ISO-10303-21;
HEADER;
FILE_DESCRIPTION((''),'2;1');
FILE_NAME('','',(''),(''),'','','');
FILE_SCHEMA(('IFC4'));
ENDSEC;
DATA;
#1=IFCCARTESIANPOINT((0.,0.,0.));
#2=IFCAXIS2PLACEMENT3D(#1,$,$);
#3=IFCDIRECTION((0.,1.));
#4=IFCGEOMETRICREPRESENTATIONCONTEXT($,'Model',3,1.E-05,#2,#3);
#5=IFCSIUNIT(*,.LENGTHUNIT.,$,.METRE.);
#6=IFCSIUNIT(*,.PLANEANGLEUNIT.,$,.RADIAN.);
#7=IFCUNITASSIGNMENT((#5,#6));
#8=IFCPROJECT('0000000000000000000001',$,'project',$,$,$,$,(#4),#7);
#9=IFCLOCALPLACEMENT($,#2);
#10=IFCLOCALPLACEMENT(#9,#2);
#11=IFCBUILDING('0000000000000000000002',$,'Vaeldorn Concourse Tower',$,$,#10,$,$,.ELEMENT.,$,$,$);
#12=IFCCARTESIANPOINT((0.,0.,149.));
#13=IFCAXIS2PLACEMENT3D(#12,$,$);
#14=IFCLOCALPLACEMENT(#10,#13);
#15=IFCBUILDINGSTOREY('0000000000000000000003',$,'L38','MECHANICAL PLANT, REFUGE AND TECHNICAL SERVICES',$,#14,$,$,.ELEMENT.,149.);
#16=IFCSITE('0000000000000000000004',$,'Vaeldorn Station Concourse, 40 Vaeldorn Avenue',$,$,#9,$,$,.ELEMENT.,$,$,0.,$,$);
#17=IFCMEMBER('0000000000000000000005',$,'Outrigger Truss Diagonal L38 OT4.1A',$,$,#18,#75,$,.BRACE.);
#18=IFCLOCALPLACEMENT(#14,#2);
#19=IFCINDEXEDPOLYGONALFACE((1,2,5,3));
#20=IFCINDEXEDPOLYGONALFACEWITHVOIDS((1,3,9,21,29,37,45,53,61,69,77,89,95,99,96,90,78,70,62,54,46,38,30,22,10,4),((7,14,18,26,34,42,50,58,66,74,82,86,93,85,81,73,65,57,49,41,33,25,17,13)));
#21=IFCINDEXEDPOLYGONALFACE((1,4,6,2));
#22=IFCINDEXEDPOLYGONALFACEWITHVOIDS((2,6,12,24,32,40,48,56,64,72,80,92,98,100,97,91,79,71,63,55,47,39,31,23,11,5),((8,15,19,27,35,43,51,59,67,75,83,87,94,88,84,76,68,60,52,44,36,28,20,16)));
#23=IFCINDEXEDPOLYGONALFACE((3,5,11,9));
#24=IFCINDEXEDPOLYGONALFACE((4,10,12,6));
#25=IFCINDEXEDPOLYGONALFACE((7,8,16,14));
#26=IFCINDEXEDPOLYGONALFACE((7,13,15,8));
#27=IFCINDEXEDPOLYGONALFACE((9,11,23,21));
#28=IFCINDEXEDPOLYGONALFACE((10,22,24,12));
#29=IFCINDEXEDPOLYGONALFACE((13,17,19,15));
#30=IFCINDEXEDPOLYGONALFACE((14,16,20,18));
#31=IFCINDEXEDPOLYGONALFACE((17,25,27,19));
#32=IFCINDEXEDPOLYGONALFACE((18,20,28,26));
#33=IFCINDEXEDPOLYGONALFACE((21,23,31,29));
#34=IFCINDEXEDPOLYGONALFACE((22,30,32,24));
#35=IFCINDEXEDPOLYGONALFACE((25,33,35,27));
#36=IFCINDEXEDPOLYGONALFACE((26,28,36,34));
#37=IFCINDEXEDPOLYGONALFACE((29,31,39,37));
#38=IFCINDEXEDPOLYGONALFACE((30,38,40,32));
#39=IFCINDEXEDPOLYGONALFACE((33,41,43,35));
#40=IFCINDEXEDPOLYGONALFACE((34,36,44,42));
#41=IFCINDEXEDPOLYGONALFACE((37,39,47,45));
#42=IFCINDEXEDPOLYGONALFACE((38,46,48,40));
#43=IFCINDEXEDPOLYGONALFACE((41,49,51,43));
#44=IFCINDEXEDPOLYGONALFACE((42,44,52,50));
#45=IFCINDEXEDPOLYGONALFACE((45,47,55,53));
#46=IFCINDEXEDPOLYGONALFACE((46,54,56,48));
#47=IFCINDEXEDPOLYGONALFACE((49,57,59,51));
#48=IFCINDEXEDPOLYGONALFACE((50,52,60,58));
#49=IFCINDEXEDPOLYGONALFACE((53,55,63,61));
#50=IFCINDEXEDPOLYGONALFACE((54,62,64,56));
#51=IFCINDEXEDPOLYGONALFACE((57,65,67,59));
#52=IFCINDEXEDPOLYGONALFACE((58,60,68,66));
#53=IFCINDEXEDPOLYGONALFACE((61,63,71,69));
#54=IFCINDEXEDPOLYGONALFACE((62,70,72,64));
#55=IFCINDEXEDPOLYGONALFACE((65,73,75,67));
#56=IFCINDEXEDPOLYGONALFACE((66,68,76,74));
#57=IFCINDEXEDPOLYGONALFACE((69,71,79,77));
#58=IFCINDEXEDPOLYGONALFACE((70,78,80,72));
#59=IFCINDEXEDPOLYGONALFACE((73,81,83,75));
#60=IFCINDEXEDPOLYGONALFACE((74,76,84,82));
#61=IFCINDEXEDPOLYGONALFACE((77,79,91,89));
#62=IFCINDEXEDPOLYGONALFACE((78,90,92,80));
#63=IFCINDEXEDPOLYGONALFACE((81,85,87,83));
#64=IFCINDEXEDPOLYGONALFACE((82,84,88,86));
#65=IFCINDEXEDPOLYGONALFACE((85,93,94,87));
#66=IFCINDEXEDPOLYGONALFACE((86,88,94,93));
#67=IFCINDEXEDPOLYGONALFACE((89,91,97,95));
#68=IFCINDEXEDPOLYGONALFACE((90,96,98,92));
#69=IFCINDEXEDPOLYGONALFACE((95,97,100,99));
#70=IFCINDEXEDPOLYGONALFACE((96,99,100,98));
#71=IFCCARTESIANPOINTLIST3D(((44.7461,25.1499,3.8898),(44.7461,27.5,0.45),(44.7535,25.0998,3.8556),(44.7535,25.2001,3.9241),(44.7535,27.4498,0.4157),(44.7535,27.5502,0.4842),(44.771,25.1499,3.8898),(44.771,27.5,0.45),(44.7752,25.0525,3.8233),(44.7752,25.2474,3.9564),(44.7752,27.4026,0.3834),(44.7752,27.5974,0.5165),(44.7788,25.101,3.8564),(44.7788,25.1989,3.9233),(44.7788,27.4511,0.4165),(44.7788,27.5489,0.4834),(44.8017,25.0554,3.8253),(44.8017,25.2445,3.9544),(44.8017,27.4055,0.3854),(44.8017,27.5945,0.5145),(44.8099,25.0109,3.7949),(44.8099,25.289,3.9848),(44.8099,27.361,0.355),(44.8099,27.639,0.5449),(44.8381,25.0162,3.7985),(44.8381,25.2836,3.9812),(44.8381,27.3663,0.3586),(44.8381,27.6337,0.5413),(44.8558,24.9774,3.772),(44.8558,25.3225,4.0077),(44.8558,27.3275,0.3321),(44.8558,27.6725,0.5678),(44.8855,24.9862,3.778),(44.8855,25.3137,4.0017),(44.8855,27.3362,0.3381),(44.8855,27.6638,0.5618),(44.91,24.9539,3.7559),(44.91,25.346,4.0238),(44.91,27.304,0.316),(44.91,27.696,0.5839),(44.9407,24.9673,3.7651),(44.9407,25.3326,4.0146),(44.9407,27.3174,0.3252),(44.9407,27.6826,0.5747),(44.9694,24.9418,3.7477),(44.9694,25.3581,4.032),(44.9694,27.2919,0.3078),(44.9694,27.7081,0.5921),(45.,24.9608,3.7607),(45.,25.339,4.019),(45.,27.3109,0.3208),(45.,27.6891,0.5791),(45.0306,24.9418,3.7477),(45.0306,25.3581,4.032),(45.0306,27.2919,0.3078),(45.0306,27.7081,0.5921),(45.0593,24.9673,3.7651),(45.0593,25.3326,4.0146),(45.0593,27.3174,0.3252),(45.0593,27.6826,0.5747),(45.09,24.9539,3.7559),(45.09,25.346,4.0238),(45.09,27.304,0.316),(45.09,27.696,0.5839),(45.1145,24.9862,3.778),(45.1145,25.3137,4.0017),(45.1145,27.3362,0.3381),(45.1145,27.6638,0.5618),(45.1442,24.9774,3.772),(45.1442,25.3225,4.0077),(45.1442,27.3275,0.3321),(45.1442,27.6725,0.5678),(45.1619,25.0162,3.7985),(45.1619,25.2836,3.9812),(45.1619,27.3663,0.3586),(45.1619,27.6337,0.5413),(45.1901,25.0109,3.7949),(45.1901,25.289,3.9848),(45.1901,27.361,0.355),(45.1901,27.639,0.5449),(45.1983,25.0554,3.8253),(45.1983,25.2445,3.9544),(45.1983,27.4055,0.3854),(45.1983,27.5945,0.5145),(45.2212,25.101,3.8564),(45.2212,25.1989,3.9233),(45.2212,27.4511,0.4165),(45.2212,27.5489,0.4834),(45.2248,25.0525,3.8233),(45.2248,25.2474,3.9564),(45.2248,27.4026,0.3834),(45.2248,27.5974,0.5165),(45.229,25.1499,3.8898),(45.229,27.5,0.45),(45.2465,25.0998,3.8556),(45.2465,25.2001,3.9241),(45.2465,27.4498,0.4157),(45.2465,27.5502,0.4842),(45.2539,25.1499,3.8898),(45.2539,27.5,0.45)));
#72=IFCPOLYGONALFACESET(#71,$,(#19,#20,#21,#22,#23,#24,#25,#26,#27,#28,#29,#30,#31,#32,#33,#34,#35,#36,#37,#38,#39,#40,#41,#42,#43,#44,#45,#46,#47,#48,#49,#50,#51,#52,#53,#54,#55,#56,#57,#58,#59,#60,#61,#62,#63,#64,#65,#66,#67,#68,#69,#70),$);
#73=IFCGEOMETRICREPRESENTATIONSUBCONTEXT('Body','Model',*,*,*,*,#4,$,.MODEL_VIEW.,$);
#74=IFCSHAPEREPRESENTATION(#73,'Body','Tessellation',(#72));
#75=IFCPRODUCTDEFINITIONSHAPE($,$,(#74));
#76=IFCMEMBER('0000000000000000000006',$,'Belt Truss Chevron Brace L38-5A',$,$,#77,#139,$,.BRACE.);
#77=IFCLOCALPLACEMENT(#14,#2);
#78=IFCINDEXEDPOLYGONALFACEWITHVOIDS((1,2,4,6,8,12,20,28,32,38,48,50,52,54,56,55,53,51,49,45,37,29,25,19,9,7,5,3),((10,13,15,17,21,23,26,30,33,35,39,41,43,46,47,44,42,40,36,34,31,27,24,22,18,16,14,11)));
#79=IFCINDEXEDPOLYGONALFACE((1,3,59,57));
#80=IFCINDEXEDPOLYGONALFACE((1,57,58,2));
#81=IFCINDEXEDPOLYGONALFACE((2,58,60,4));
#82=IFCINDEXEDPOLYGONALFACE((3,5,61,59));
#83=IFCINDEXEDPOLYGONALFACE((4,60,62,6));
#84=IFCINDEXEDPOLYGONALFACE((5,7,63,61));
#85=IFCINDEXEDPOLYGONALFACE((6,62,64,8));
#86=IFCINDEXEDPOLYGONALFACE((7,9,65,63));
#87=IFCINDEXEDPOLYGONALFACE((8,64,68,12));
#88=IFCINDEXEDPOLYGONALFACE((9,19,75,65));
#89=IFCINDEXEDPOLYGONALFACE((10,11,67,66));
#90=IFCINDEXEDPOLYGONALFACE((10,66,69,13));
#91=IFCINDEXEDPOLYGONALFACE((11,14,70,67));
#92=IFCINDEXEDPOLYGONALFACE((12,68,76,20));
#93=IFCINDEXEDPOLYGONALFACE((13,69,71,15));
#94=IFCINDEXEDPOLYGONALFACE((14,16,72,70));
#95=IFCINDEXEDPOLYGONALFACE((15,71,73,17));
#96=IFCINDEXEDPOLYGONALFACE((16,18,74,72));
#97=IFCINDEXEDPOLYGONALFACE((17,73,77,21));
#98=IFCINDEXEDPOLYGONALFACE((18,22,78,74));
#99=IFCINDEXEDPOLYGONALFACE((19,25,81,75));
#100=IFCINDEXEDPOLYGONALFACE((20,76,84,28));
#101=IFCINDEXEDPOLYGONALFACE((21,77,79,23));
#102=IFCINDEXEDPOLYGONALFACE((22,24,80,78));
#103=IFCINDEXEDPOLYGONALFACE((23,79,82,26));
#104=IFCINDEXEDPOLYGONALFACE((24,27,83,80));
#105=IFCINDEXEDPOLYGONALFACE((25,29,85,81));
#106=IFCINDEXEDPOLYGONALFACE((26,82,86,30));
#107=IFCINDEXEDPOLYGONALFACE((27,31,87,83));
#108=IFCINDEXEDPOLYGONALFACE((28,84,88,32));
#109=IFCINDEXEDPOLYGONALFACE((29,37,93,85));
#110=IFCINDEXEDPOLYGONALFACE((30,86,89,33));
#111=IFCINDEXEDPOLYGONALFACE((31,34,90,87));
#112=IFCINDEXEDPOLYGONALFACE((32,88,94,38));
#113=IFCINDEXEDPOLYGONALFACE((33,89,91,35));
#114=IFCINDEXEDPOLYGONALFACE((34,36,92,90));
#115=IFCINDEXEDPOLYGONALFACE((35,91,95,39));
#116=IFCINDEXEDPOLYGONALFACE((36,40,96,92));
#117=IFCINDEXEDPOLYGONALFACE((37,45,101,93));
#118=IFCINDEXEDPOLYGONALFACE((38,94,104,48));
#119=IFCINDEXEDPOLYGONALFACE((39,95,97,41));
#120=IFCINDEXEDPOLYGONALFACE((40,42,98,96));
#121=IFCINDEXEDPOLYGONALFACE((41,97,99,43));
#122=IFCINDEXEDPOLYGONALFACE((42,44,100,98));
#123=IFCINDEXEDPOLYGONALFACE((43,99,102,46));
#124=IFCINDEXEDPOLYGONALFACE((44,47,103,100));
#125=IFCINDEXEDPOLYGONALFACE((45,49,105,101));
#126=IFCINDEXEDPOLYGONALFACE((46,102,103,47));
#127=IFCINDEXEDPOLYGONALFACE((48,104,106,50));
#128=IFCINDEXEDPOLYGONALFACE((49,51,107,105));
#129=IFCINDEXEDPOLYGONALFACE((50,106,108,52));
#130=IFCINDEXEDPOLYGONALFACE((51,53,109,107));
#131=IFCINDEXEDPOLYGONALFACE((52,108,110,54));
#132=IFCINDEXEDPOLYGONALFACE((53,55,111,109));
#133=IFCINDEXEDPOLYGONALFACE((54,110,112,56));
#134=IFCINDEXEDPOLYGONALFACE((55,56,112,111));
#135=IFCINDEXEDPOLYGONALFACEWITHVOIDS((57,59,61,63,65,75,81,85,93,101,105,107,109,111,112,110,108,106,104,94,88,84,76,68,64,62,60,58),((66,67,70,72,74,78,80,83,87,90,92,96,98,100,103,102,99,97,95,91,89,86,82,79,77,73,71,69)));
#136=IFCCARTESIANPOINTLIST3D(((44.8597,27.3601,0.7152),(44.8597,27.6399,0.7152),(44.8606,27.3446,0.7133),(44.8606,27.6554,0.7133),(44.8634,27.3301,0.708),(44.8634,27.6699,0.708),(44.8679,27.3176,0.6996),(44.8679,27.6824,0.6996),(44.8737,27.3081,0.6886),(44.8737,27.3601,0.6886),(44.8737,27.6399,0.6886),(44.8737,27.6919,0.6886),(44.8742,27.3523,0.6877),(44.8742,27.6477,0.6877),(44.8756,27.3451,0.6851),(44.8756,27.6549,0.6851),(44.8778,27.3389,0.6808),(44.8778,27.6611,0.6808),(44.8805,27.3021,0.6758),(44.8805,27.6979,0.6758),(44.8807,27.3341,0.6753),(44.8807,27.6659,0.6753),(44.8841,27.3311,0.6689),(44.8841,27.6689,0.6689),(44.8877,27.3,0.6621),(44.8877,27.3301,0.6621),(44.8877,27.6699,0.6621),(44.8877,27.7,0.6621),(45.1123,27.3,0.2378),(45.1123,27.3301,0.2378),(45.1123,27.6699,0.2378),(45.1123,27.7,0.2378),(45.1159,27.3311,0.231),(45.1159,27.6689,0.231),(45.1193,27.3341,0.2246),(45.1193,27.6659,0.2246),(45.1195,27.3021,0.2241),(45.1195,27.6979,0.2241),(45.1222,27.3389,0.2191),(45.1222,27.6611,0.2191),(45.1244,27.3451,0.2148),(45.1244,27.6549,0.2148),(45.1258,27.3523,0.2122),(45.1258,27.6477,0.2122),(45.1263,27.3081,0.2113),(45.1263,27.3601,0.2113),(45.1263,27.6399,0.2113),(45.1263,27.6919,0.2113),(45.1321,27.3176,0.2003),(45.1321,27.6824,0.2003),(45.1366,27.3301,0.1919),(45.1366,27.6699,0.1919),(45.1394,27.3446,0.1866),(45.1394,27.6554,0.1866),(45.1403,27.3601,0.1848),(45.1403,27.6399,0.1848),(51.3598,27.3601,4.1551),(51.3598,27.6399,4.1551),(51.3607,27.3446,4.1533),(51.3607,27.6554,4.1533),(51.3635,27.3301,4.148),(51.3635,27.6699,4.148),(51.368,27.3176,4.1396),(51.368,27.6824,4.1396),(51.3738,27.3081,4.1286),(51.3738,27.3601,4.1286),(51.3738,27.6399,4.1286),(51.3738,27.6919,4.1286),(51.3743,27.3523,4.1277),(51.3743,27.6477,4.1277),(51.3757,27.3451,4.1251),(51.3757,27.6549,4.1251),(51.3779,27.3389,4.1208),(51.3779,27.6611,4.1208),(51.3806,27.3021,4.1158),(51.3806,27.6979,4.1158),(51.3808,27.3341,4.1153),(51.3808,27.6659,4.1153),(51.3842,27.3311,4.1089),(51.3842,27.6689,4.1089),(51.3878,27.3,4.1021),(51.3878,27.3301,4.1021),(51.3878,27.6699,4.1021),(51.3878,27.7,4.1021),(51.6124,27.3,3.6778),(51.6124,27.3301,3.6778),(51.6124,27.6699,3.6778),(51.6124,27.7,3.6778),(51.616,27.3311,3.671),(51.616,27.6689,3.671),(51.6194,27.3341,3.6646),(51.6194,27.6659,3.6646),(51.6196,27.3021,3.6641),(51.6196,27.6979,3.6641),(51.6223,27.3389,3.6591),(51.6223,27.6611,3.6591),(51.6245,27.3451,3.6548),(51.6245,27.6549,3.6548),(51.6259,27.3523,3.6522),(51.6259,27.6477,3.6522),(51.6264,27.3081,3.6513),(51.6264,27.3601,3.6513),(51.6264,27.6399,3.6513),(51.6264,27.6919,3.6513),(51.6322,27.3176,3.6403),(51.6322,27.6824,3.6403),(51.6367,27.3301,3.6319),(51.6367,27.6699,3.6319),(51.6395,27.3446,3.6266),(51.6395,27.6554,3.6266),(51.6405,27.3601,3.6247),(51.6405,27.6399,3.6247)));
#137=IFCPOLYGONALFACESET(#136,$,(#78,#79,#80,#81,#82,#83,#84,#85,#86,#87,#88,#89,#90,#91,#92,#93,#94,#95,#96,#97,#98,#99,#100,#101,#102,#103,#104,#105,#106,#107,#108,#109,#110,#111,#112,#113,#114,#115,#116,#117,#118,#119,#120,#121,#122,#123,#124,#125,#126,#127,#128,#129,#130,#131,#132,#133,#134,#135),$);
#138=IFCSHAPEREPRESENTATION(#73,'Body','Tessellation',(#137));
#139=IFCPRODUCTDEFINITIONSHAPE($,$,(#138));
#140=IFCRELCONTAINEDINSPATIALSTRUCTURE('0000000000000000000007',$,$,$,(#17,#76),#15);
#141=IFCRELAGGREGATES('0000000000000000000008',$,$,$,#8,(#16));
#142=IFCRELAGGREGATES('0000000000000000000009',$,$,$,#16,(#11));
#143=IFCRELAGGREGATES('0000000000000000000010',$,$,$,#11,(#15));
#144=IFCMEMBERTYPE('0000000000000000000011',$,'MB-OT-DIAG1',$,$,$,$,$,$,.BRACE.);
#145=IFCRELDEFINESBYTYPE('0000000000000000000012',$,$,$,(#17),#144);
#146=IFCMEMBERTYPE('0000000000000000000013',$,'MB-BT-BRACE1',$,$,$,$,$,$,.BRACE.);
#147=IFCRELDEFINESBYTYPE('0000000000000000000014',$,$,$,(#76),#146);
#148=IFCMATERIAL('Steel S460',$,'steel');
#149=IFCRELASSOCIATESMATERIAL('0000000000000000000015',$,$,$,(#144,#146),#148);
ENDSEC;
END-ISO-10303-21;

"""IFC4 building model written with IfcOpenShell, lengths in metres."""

from ifc_helpers import new_model, si_unit, direction, frame, origin, origin_2d, place, context, subcontext, project, spatial, hollow_rectangle, hollow_circle, extrude, source, transform, mapped, material, material_profile, profile_set, type_object, element, save


model = new_model("IFC4")

# Units and contexts
model_context = context("Model", 3, precision=1e-05, world=origin(), true_north=direction((0.0, 1.0)))
body_context = subcontext(model_context, "Body", "Model", "MODEL_VIEW")
ifc_project = project(units=[si_unit("LENGTHUNIT", "METRE"), si_unit("PLANEANGLEUNIT", "RADIAN")], contexts=[model_context])

# Site, building, storey
site_placement = place(None, origin())
site = spatial("IfcSite", under=ifc_project, at=site_placement, Name="Vaeldorn Station Concourse, 40 Vaeldorn Avenue", CompositionType="ELEMENT", RefElevation=0.0)
building_placement = place(site_placement, origin())
building = spatial("IfcBuilding", under=site, at=building_placement, Name="Vaeldorn Concourse Tower", CompositionType="ELEMENT")
storey_placement = place(building_placement, frame((0.0, 0.0, 149.0)))
storey = spatial("IfcBuildingStorey", under=building, at=storey_placement, Name="L38", Description="MECHANICAL PLANT, REFUGE AND TECHNICAL SERVICES", CompositionType="ELEMENT", Elevation=149.0)

# Shared definitions
ifc_material_1 = material(Name="Steel S460", Category="steel")

# Members
ifc_material_profile_1 = material_profile(ifc_material_1, hollow_circle(Radius=0.2539, WallThickness=0.0249, at=origin_2d()), Name="CHS 508x25")
ifc_profile_set_1 = profile_set([ifc_material_profile_1], Name="Steel S460")
member_type_1 = type_object("IfcMemberType", Name="MB-OT-DIAG1", PredefinedType="BRACE", material=ifc_profile_set_1)
shared_shape_1 = source(origin(), body_context, "Body", "SweptSolid", [
    extrude(hollow_circle(Radius=0.2539, WallThickness=0.0249, at=origin_2d()), origin(), (0.0, 0.0, 1.0), 4.166),
])
member_1_placement = place(storey_placement, frame((45.0, 27.5, 0.45), z_axis=(0.0, -0.564104, 0.825704), x_axis=(1.0, 0.0, 0.0)))
element("IfcMember", 1, at=member_1_placement, inside=storey, type_object=member_type_1, Name="Outrigger Truss Diagonal L38 OT4.1A", PredefinedType="BRACE", context=body_context, shape_type="MappedRepresentation", body=[
    mapped(shared_shape_1, transform((0.0, 0.0, 0.0), scale=1.0)),
])
ifc_material_profile_2 = material_profile(ifc_material_1, hollow_rectangle(XDim=0.3999, YDim=0.6001, WallThickness=0.03, InnerFilletRadius=0.03, OuterFilletRadius=0.0601, at=origin_2d()), Name="RHS 600x400x30")
ifc_profile_set_2 = profile_set([ifc_material_profile_2], Name="Steel S460")
member_type_2 = type_object("IfcMemberType", Name="MB-BT-BRACE1", PredefinedType="BRACE", material=ifc_profile_set_2)
shared_shape_2 = source(origin(), body_context, "Body", "SweptSolid", [
    extrude(hollow_rectangle(XDim=0.3999, YDim=0.6001, WallThickness=0.03, InnerFilletRadius=0.03, OuterFilletRadius=0.0601, at=origin_2d()), origin(), (0.0, 0.0, 1.0), 7.3542),
])
for number, where, z_axis, x_axis, name in (
    (2, (45.0, 27.5, 0.45), (0.883857, 0.0, 0.467757), (0.0, 1.0, 0.0), "Belt Truss Chevron Brace L38-5A"),
):
    element("IfcMember", number, at=place(storey_placement, frame(where, z_axis=z_axis, x_axis=x_axis)), inside=storey, type_object=member_type_2, Name=name, PredefinedType="BRACE", context=body_context, shape_type="MappedRepresentation", body=[
        mapped(shared_shape_2, transform((0.0, 0.0, 0.0), scale=1.0)),
    ])

save(model, "model.ifc")
